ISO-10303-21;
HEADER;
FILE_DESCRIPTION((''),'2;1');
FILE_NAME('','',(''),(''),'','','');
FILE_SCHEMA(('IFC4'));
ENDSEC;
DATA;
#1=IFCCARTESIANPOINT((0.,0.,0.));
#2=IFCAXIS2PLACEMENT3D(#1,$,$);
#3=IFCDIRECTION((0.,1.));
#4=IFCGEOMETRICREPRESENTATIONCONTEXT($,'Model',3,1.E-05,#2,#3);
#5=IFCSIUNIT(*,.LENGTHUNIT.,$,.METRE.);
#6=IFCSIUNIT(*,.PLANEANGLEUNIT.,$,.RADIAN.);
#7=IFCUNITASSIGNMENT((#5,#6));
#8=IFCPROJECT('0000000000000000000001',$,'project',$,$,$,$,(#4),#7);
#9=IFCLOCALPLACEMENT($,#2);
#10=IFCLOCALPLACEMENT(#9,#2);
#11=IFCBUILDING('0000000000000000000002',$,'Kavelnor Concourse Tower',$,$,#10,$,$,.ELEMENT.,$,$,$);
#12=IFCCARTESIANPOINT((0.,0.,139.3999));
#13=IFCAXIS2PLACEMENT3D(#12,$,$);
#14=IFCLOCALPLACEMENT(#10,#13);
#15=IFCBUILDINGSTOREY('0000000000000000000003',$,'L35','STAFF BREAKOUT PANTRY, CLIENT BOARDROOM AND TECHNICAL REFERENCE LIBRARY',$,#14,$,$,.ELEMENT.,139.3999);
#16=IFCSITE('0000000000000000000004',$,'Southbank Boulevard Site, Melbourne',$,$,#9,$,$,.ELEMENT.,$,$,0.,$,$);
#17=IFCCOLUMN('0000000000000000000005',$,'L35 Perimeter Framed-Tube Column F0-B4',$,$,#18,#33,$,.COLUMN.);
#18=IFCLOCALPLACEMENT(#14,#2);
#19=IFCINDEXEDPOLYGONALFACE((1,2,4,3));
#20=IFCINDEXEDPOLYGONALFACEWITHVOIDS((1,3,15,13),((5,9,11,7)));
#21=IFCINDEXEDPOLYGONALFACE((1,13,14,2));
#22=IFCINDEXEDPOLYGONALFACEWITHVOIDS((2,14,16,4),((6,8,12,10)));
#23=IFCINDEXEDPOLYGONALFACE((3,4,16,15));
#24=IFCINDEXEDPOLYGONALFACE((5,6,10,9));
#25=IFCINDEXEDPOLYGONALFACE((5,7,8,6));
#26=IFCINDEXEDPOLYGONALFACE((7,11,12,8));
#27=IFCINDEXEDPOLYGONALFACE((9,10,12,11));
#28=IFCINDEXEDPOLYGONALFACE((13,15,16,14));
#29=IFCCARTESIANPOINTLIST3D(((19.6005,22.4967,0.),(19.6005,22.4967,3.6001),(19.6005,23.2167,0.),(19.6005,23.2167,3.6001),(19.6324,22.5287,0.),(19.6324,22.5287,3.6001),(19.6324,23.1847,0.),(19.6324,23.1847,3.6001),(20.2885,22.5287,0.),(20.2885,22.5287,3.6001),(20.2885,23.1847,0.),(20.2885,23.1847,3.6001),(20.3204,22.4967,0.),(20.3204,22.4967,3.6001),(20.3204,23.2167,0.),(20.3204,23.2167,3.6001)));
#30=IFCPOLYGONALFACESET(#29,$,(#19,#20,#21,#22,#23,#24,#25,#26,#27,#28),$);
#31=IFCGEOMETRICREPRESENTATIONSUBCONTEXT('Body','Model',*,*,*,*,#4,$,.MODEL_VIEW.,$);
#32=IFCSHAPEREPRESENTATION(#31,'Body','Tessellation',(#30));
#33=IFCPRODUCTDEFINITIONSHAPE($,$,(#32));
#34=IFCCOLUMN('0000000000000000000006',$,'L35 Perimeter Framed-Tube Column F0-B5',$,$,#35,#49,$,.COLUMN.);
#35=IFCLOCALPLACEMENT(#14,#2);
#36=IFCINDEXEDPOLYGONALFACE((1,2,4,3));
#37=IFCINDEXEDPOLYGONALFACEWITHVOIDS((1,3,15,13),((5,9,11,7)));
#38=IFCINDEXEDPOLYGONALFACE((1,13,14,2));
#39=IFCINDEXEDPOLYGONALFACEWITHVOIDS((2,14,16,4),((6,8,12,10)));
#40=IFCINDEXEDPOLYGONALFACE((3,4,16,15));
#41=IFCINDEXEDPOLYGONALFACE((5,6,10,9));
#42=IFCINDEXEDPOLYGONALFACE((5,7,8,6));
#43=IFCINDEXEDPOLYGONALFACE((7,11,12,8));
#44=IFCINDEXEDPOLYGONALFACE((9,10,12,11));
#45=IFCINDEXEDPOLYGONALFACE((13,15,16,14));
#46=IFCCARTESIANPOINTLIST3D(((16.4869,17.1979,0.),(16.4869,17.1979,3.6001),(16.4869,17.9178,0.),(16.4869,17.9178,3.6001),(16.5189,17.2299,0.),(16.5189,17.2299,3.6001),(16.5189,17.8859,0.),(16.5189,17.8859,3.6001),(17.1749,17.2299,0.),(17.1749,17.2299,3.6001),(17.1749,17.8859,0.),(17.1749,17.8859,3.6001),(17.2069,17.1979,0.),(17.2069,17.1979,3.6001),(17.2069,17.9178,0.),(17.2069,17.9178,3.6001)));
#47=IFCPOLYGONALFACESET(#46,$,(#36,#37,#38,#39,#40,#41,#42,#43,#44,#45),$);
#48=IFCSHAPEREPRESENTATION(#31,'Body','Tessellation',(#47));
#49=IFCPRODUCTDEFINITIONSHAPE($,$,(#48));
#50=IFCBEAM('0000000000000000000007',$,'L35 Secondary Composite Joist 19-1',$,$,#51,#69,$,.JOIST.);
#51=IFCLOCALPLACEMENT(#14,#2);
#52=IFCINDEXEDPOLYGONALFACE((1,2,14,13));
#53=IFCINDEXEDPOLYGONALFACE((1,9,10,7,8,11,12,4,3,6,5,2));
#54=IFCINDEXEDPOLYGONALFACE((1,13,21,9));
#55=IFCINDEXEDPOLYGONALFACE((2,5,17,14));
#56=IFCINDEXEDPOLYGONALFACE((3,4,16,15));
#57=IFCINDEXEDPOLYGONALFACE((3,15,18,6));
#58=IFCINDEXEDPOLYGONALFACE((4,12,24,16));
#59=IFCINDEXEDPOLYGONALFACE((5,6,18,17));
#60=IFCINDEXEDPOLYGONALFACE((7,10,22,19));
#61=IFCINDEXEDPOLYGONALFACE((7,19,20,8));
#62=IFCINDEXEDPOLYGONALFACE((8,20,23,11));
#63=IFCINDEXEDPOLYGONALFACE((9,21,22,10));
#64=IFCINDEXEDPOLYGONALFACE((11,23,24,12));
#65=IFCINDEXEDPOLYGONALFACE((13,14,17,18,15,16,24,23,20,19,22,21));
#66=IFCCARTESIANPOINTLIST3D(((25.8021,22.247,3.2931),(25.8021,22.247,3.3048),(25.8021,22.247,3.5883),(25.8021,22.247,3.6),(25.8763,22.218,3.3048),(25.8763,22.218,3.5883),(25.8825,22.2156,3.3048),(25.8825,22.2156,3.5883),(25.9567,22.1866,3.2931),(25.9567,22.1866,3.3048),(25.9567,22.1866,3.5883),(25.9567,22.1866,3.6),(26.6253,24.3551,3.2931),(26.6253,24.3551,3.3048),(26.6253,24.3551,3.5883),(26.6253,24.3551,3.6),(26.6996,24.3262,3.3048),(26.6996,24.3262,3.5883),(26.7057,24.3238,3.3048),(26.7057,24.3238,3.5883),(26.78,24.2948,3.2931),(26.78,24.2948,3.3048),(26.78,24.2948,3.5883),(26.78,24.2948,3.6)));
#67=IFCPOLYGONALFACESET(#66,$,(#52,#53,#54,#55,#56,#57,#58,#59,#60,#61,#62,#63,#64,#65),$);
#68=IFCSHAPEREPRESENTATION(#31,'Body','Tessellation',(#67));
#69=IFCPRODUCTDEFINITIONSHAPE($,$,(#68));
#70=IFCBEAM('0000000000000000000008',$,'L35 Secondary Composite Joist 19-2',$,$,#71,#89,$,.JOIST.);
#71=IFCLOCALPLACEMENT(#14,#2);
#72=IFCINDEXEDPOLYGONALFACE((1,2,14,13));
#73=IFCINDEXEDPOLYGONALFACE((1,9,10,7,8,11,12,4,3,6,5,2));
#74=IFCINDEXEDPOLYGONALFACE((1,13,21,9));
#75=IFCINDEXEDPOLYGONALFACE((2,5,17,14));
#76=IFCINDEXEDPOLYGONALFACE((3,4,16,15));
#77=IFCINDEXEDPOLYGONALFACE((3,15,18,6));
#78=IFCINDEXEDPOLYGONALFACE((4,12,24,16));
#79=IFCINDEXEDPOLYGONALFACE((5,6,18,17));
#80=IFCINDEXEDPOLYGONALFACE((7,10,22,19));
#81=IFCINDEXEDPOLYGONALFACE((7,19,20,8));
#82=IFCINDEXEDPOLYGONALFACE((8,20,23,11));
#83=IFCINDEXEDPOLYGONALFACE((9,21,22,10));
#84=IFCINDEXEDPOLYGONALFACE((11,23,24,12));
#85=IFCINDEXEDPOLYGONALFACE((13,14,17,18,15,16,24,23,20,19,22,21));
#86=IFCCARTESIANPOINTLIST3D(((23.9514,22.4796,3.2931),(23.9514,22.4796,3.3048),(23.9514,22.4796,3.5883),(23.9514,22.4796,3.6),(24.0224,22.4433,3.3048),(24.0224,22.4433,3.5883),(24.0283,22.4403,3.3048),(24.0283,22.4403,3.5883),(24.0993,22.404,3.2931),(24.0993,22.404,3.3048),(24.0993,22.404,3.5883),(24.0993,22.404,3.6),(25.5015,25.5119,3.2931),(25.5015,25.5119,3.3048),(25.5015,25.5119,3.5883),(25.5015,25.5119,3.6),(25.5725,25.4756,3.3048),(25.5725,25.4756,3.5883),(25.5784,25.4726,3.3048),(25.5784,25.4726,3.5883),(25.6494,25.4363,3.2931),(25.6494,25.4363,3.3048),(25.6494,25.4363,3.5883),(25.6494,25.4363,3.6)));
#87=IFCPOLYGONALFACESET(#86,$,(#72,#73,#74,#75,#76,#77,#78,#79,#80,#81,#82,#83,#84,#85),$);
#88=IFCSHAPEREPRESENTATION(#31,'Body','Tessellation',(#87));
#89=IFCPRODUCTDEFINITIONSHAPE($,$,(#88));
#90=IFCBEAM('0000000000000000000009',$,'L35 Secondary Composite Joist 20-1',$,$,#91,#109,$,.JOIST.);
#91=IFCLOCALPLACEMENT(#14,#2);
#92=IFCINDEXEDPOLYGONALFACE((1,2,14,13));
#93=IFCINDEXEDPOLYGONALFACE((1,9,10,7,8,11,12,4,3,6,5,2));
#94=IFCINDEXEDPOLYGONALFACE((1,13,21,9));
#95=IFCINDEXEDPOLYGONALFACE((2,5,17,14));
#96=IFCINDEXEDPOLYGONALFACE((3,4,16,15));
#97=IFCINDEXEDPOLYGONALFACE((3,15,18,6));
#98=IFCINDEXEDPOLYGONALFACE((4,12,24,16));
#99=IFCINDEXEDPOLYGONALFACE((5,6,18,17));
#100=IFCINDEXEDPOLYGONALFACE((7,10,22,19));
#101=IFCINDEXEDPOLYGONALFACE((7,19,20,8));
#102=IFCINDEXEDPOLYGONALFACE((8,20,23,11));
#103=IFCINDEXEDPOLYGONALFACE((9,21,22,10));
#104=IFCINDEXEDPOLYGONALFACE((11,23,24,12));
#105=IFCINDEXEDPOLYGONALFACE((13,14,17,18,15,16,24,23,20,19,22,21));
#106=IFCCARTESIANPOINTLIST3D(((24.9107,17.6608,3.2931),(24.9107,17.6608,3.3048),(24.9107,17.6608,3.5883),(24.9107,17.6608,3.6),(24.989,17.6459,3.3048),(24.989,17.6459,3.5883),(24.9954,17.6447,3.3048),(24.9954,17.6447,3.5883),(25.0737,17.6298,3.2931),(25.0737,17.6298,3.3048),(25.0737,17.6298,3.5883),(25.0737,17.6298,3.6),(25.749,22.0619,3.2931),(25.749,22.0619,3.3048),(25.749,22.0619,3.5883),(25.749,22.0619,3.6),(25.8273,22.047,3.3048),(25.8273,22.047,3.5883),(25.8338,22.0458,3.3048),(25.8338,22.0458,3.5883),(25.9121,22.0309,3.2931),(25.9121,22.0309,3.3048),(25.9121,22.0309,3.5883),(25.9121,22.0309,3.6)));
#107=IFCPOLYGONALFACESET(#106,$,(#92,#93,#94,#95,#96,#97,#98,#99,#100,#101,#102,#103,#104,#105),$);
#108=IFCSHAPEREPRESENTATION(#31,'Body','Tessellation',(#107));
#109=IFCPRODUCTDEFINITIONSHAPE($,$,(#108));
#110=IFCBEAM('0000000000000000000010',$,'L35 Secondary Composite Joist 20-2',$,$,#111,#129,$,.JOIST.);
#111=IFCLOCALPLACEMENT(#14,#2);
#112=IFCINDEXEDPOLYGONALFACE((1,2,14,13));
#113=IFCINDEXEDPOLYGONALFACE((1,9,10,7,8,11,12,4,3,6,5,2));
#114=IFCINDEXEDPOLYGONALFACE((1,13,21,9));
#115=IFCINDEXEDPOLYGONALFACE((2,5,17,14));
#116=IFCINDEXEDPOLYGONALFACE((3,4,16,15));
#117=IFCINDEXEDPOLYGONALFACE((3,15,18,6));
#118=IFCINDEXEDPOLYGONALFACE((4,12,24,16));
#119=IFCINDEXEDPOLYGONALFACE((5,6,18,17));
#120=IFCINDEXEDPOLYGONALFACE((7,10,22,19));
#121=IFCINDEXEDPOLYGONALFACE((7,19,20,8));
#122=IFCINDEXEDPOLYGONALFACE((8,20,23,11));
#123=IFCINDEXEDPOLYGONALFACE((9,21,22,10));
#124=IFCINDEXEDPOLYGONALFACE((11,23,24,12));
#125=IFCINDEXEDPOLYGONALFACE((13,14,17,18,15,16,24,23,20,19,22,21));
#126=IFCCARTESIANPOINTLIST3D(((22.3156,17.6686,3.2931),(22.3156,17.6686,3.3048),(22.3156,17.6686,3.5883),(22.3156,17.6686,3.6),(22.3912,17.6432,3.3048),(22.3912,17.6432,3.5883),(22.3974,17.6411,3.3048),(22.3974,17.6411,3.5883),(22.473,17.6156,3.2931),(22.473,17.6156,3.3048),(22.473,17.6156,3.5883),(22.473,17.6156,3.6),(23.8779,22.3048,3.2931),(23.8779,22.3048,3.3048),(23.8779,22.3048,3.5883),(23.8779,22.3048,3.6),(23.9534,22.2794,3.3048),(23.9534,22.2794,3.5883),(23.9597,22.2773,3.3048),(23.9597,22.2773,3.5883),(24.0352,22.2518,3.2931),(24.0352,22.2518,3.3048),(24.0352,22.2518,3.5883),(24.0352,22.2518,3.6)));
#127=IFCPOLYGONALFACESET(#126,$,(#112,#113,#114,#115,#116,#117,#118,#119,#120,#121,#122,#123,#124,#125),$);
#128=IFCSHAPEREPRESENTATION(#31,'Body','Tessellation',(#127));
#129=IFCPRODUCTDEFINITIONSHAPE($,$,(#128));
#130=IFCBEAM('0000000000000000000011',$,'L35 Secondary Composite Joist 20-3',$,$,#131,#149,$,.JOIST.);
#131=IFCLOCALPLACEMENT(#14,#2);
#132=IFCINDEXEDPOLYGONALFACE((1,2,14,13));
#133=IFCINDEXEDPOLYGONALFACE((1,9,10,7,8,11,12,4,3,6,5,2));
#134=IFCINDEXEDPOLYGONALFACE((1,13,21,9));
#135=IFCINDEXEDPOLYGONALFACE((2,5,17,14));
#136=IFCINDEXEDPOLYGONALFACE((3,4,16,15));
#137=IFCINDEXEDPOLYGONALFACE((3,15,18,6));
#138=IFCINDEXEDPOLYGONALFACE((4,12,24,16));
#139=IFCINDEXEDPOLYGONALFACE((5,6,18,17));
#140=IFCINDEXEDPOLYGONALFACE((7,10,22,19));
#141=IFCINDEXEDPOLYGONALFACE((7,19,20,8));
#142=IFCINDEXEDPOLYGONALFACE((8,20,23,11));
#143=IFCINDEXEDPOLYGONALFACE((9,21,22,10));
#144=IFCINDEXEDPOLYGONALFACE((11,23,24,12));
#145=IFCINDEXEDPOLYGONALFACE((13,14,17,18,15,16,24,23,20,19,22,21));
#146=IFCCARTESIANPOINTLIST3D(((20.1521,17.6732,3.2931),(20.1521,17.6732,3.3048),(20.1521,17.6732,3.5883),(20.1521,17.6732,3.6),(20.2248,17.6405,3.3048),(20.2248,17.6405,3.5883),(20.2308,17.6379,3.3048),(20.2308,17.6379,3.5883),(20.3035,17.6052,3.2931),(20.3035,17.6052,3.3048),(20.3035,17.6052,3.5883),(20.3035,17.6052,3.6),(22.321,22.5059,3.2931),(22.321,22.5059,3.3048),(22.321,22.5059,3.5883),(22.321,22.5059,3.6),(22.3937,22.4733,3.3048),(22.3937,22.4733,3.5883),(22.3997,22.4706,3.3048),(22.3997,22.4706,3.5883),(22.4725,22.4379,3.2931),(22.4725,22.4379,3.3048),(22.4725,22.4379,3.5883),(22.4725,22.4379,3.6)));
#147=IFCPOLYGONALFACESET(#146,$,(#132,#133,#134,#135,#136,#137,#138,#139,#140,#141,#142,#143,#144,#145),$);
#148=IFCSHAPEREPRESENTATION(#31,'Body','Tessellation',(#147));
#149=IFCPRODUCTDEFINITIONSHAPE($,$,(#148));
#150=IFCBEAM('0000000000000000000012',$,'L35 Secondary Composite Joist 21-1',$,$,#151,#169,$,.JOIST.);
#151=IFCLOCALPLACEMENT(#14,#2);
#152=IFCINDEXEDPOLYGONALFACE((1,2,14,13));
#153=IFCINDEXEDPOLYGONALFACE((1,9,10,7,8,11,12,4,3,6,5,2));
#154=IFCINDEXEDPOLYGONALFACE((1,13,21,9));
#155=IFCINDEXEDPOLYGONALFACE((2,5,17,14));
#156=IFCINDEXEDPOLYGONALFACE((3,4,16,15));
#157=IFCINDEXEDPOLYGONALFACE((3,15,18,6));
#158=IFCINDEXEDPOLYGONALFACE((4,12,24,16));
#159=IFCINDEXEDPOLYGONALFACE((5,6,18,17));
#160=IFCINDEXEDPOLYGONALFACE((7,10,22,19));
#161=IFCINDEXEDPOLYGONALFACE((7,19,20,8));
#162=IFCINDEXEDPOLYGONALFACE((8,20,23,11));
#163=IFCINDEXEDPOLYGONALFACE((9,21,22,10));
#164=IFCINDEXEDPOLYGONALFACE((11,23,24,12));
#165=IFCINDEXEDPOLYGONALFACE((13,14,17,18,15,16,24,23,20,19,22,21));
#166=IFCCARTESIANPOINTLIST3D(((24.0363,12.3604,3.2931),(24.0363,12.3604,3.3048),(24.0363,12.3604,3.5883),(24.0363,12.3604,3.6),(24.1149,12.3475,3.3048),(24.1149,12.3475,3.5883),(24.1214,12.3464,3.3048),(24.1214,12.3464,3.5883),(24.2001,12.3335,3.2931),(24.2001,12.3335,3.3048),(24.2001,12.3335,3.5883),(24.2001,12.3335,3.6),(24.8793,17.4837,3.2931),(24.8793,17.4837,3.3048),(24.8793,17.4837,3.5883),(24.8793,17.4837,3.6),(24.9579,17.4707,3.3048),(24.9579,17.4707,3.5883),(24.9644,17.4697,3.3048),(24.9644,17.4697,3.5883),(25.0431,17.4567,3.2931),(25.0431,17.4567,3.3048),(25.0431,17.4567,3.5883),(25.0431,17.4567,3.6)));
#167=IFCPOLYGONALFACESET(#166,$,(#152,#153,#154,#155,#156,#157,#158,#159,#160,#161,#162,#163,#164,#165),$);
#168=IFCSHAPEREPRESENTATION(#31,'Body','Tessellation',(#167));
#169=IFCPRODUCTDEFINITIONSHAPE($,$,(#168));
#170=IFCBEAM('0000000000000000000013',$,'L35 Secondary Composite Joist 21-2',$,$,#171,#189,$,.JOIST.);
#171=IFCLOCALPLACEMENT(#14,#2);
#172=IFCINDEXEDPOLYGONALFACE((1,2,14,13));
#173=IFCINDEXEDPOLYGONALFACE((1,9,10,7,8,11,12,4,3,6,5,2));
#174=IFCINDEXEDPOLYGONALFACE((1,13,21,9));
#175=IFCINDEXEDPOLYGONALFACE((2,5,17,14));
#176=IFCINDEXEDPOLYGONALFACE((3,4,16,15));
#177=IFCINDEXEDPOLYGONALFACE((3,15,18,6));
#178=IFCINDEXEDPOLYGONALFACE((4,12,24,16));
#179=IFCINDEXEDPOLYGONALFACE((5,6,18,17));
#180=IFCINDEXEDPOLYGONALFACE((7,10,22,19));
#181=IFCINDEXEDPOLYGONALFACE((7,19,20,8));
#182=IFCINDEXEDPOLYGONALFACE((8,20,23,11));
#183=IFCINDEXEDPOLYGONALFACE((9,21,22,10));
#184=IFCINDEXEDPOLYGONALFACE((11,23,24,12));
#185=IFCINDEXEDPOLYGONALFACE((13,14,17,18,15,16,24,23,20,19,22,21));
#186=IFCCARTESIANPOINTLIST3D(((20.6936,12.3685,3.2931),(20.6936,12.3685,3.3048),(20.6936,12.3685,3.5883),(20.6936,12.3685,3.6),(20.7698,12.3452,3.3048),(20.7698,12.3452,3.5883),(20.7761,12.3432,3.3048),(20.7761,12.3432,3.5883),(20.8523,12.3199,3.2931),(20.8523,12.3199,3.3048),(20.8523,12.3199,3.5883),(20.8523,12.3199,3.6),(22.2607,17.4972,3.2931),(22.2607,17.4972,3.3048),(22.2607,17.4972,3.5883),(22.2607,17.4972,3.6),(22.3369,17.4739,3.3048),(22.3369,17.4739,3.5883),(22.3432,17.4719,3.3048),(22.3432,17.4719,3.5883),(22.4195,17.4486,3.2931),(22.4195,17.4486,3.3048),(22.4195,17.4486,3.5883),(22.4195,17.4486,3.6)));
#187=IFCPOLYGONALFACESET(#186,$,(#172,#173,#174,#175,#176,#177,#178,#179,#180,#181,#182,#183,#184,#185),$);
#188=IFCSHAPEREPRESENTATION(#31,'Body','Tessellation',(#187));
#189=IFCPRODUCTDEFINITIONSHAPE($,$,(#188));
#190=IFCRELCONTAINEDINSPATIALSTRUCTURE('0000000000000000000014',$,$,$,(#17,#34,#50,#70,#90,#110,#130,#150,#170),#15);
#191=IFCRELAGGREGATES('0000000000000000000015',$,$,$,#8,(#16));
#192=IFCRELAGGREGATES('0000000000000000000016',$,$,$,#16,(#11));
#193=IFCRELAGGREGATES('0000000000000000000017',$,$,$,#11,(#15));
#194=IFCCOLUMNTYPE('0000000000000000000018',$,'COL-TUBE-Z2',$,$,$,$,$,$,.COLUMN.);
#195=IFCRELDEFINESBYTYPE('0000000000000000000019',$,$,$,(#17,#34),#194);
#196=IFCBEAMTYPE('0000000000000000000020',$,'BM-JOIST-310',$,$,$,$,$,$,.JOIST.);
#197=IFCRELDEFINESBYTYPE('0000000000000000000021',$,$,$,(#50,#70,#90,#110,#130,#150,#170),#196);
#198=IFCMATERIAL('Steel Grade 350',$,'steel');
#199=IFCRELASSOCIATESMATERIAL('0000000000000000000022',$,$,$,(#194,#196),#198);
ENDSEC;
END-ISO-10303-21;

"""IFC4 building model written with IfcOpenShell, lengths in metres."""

from ifc_helpers import new_model, si_unit, direction, frame, origin, origin_2d, place, context, subcontext, project, spatial, hollow_rectangle, i_section, extrude, material, material_profile, profile_set, type_object, element, save


model = new_model("IFC4")

# Units and contexts
model_context = context("Model", 3, precision=1e-05, world=origin(), true_north=direction((0.0, 1.0)))
body_context = subcontext(model_context, "Body", "Model", "MODEL_VIEW")
ifc_project = project(units=[si_unit("LENGTHUNIT", "METRE"), si_unit("PLANEANGLEUNIT", "RADIAN")], contexts=[model_context])

# Site, building, storey
site_placement = place(None, origin())
site = spatial("IfcSite", under=ifc_project, at=site_placement, Name="Southbank Boulevard Site, Melbourne", CompositionType="ELEMENT", RefElevation=0.0)
building_placement = place(site_placement, origin())
building = spatial("IfcBuilding", under=site, at=building_placement, Name="Kavelnor Concourse Tower", CompositionType="ELEMENT")
storey_placement = place(building_placement, frame((0.0, 0.0, 139.3999)))
storey = spatial("IfcBuildingStorey", under=building, at=storey_placement, Name="L35", Description="STAFF BREAKOUT PANTRY, CLIENT BOARDROOM AND TECHNICAL REFERENCE LIBRARY", CompositionType="ELEMENT", Elevation=139.3999)

# Columns
ifc_material_1 = material(Name="Steel Grade 350", Category="steel")
ifc_material_profile_1 = material_profile(ifc_material_1, hollow_rectangle(XDim=0.72, YDim=0.72, WallThickness=0.032, at=origin_2d()), Name="SHS 720x720x32")
ifc_profile_set_1 = profile_set([ifc_material_profile_1], Name="Steel Grade 350")
column_type = type_object("IfcColumnType", Name="COL-TUBE-Z2", PredefinedType="COLUMN", material=ifc_profile_set_1)
for number, where, z_axis, x_axis, name in (
    (1, (19.9604, 22.8567, 0.0), (0.0, 0.0, 1.0), (1.0, 0.0, 0.0), "L35 Perimeter Framed-Tube Column F0-B4"),
    (2, (16.8469, 17.5579, 0.0), (0.0, 0.0, 1.0), (1.0, 0.0, 0.0), "L35 Perimeter Framed-Tube Column F0-B5"),
):
    element("IfcColumn", number, at=place(storey_placement, frame(where, z_axis=z_axis, x_axis=x_axis)), inside=storey, type_object=column_type, Name=name, PredefinedType="COLUMN", context=body_context, shape_type="SweptSolid", body=[
        extrude(hollow_rectangle(XDim=0.72, YDim=0.72, WallThickness=0.032, at=origin_2d()), origin(), (0.0, 0.0, 1.0), 3.6001),
    ])

# Beams
ifc_material_profile_2 = material_profile(ifc_material_1, i_section(OverallWidth=0.166, OverallDepth=0.3069, WebThickness=0.0066, FlangeThickness=0.0117, at=origin_2d()), Name="310UB46")
ifc_profile_set_2 = profile_set([ifc_material_profile_2], Name="Steel Grade 350")
beam_type_1 = type_object("IfcBeamType", Name="BM-JOIST-310", PredefinedType="JOIST", material=ifc_profile_set_2)
beam_1_placement = place(storey_placement, frame((26.7026, 24.325, 3.4465), z_axis=(-0.363753, -0.931496, 0.0), x_axis=(0.931496, -0.363753, 0.0)))
element("IfcBeam", 3, at=beam_1_placement, inside=storey, type_object=beam_type_1, Name="L35 Secondary Composite Joist 19-1", PredefinedType="JOIST", context=body_context, shape_type="SweptSolid", body=[
    extrude(i_section(OverallWidth=0.166, OverallDepth=0.3069, WebThickness=0.0066, FlangeThickness=0.0117, at=origin_2d()), origin(), (0.0, 0.0, 1.0), 2.2632),
])
beam_2_placement = place(storey_placement, frame((25.5754, 25.4741, 3.4465), z_axis=(-0.455168, -0.890406, 0.0), x_axis=(0.890406, -0.455168, 0.0)))
element("IfcBeam", 4, at=beam_2_placement, inside=storey, type_object=beam_type_1, Name="L35 Secondary Composite Joist 19-2", PredefinedType="JOIST", context=body_context, shape_type="SweptSolid", body=[
    extrude(i_section(OverallWidth=0.166, OverallDepth=0.3069, WebThickness=0.0066, FlangeThickness=0.0117, at=origin_2d()), origin(), (0.0, 0.0, 1.0), 3.4055),
])
beam_3_placement = place(storey_placement, frame((25.8306, 22.0464, 3.4465), z_axis=(-0.187127, -0.982336, 0.0), x_axis=(0.982336, -0.187127, 0.0)))
element("IfcBeam", 5, at=beam_3_placement, inside=storey, type_object=beam_type_1, Name="L35 Secondary Composite Joist 20-1", PredefinedType="JOIST", context=body_context, shape_type="SweptSolid", body=[
    extrude(i_section(OverallWidth=0.166, OverallDepth=0.3069, WebThickness=0.0066, FlangeThickness=0.0117, at=origin_2d()), origin(), (0.0, 0.0, 1.0), 4.4802),
])
beam_4_placement = place(storey_placement, frame((23.9565, 22.2783, 3.4465), z_axis=(-0.319325, -0.947645, 0.0), x_axis=(0.947645, -0.319325, 0.0)))
element("IfcBeam", 6, at=beam_4_placement, inside=storey, type_object=beam_type_1, Name="L35 Secondary Composite Joist 20-2", PredefinedType="JOIST", context=body_context, shape_type="SweptSolid", body=[
    extrude(i_section(OverallWidth=0.166, OverallDepth=0.3069, WebThickness=0.0066, FlangeThickness=0.0117, at=origin_2d()), origin(), (0.0, 0.0, 1.0), 4.8923),
])
beam_5_placement = place(storey_placement, frame((22.3967, 22.4719, 3.4465), z_axis=(-0.409454, -0.912331, 0.0), x_axis=(0.912331, -0.409454, 0.0)))
element("IfcBeam", 7, at=beam_5_placement, inside=storey, type_object=beam_type_1, Name="L35 Secondary Composite Joist 20-3", PredefinedType="JOIST", context=body_context, shape_type="SweptSolid", body=[
    extrude(i_section(OverallWidth=0.166, OverallDepth=0.3069, WebThickness=0.0066, FlangeThickness=0.0117, at=origin_2d()), origin(), (0.0, 0.0, 1.0), 5.2971),
])
beam_6_placement = place(storey_placement, frame((24.9612, 17.4702, 3.4465), z_axis=(-0.162363, -0.986731, 0.0), x_axis=(0.986731, -0.162363, 0.0)))
element("IfcBeam", 8, at=beam_6_placement, inside=storey, type_object=beam_type_1, Name="L35 Secondary Composite Joist 21-1", PredefinedType="JOIST", context=body_context, shape_type="SweptSolid", body=[
    extrude(i_section(OverallWidth=0.166, OverallDepth=0.3069, WebThickness=0.0066, FlangeThickness=0.0117, at=origin_2d()), origin(), (0.0, 0.0, 1.0), 5.1921),
])
beam_7_placement = place(storey_placement, frame((22.3401, 17.4729, 3.4465), z_axis=(-0.292227, -0.956349, 0.0), x_axis=(0.956349, -0.292227, 0.0)))
element("IfcBeam", 9, at=beam_7_placement, inside=storey, type_object=beam_type_1, Name="L35 Secondary Composite Joist 21-2", PredefinedType="JOIST", context=body_context, shape_type="SweptSolid", body=[
    extrude(i_section(OverallWidth=0.166, OverallDepth=0.3069, WebThickness=0.0066, FlangeThickness=0.0117, at=origin_2d()), origin(), (0.0, 0.0, 1.0), 5.3628),
])

save(model, "model.ifc")
